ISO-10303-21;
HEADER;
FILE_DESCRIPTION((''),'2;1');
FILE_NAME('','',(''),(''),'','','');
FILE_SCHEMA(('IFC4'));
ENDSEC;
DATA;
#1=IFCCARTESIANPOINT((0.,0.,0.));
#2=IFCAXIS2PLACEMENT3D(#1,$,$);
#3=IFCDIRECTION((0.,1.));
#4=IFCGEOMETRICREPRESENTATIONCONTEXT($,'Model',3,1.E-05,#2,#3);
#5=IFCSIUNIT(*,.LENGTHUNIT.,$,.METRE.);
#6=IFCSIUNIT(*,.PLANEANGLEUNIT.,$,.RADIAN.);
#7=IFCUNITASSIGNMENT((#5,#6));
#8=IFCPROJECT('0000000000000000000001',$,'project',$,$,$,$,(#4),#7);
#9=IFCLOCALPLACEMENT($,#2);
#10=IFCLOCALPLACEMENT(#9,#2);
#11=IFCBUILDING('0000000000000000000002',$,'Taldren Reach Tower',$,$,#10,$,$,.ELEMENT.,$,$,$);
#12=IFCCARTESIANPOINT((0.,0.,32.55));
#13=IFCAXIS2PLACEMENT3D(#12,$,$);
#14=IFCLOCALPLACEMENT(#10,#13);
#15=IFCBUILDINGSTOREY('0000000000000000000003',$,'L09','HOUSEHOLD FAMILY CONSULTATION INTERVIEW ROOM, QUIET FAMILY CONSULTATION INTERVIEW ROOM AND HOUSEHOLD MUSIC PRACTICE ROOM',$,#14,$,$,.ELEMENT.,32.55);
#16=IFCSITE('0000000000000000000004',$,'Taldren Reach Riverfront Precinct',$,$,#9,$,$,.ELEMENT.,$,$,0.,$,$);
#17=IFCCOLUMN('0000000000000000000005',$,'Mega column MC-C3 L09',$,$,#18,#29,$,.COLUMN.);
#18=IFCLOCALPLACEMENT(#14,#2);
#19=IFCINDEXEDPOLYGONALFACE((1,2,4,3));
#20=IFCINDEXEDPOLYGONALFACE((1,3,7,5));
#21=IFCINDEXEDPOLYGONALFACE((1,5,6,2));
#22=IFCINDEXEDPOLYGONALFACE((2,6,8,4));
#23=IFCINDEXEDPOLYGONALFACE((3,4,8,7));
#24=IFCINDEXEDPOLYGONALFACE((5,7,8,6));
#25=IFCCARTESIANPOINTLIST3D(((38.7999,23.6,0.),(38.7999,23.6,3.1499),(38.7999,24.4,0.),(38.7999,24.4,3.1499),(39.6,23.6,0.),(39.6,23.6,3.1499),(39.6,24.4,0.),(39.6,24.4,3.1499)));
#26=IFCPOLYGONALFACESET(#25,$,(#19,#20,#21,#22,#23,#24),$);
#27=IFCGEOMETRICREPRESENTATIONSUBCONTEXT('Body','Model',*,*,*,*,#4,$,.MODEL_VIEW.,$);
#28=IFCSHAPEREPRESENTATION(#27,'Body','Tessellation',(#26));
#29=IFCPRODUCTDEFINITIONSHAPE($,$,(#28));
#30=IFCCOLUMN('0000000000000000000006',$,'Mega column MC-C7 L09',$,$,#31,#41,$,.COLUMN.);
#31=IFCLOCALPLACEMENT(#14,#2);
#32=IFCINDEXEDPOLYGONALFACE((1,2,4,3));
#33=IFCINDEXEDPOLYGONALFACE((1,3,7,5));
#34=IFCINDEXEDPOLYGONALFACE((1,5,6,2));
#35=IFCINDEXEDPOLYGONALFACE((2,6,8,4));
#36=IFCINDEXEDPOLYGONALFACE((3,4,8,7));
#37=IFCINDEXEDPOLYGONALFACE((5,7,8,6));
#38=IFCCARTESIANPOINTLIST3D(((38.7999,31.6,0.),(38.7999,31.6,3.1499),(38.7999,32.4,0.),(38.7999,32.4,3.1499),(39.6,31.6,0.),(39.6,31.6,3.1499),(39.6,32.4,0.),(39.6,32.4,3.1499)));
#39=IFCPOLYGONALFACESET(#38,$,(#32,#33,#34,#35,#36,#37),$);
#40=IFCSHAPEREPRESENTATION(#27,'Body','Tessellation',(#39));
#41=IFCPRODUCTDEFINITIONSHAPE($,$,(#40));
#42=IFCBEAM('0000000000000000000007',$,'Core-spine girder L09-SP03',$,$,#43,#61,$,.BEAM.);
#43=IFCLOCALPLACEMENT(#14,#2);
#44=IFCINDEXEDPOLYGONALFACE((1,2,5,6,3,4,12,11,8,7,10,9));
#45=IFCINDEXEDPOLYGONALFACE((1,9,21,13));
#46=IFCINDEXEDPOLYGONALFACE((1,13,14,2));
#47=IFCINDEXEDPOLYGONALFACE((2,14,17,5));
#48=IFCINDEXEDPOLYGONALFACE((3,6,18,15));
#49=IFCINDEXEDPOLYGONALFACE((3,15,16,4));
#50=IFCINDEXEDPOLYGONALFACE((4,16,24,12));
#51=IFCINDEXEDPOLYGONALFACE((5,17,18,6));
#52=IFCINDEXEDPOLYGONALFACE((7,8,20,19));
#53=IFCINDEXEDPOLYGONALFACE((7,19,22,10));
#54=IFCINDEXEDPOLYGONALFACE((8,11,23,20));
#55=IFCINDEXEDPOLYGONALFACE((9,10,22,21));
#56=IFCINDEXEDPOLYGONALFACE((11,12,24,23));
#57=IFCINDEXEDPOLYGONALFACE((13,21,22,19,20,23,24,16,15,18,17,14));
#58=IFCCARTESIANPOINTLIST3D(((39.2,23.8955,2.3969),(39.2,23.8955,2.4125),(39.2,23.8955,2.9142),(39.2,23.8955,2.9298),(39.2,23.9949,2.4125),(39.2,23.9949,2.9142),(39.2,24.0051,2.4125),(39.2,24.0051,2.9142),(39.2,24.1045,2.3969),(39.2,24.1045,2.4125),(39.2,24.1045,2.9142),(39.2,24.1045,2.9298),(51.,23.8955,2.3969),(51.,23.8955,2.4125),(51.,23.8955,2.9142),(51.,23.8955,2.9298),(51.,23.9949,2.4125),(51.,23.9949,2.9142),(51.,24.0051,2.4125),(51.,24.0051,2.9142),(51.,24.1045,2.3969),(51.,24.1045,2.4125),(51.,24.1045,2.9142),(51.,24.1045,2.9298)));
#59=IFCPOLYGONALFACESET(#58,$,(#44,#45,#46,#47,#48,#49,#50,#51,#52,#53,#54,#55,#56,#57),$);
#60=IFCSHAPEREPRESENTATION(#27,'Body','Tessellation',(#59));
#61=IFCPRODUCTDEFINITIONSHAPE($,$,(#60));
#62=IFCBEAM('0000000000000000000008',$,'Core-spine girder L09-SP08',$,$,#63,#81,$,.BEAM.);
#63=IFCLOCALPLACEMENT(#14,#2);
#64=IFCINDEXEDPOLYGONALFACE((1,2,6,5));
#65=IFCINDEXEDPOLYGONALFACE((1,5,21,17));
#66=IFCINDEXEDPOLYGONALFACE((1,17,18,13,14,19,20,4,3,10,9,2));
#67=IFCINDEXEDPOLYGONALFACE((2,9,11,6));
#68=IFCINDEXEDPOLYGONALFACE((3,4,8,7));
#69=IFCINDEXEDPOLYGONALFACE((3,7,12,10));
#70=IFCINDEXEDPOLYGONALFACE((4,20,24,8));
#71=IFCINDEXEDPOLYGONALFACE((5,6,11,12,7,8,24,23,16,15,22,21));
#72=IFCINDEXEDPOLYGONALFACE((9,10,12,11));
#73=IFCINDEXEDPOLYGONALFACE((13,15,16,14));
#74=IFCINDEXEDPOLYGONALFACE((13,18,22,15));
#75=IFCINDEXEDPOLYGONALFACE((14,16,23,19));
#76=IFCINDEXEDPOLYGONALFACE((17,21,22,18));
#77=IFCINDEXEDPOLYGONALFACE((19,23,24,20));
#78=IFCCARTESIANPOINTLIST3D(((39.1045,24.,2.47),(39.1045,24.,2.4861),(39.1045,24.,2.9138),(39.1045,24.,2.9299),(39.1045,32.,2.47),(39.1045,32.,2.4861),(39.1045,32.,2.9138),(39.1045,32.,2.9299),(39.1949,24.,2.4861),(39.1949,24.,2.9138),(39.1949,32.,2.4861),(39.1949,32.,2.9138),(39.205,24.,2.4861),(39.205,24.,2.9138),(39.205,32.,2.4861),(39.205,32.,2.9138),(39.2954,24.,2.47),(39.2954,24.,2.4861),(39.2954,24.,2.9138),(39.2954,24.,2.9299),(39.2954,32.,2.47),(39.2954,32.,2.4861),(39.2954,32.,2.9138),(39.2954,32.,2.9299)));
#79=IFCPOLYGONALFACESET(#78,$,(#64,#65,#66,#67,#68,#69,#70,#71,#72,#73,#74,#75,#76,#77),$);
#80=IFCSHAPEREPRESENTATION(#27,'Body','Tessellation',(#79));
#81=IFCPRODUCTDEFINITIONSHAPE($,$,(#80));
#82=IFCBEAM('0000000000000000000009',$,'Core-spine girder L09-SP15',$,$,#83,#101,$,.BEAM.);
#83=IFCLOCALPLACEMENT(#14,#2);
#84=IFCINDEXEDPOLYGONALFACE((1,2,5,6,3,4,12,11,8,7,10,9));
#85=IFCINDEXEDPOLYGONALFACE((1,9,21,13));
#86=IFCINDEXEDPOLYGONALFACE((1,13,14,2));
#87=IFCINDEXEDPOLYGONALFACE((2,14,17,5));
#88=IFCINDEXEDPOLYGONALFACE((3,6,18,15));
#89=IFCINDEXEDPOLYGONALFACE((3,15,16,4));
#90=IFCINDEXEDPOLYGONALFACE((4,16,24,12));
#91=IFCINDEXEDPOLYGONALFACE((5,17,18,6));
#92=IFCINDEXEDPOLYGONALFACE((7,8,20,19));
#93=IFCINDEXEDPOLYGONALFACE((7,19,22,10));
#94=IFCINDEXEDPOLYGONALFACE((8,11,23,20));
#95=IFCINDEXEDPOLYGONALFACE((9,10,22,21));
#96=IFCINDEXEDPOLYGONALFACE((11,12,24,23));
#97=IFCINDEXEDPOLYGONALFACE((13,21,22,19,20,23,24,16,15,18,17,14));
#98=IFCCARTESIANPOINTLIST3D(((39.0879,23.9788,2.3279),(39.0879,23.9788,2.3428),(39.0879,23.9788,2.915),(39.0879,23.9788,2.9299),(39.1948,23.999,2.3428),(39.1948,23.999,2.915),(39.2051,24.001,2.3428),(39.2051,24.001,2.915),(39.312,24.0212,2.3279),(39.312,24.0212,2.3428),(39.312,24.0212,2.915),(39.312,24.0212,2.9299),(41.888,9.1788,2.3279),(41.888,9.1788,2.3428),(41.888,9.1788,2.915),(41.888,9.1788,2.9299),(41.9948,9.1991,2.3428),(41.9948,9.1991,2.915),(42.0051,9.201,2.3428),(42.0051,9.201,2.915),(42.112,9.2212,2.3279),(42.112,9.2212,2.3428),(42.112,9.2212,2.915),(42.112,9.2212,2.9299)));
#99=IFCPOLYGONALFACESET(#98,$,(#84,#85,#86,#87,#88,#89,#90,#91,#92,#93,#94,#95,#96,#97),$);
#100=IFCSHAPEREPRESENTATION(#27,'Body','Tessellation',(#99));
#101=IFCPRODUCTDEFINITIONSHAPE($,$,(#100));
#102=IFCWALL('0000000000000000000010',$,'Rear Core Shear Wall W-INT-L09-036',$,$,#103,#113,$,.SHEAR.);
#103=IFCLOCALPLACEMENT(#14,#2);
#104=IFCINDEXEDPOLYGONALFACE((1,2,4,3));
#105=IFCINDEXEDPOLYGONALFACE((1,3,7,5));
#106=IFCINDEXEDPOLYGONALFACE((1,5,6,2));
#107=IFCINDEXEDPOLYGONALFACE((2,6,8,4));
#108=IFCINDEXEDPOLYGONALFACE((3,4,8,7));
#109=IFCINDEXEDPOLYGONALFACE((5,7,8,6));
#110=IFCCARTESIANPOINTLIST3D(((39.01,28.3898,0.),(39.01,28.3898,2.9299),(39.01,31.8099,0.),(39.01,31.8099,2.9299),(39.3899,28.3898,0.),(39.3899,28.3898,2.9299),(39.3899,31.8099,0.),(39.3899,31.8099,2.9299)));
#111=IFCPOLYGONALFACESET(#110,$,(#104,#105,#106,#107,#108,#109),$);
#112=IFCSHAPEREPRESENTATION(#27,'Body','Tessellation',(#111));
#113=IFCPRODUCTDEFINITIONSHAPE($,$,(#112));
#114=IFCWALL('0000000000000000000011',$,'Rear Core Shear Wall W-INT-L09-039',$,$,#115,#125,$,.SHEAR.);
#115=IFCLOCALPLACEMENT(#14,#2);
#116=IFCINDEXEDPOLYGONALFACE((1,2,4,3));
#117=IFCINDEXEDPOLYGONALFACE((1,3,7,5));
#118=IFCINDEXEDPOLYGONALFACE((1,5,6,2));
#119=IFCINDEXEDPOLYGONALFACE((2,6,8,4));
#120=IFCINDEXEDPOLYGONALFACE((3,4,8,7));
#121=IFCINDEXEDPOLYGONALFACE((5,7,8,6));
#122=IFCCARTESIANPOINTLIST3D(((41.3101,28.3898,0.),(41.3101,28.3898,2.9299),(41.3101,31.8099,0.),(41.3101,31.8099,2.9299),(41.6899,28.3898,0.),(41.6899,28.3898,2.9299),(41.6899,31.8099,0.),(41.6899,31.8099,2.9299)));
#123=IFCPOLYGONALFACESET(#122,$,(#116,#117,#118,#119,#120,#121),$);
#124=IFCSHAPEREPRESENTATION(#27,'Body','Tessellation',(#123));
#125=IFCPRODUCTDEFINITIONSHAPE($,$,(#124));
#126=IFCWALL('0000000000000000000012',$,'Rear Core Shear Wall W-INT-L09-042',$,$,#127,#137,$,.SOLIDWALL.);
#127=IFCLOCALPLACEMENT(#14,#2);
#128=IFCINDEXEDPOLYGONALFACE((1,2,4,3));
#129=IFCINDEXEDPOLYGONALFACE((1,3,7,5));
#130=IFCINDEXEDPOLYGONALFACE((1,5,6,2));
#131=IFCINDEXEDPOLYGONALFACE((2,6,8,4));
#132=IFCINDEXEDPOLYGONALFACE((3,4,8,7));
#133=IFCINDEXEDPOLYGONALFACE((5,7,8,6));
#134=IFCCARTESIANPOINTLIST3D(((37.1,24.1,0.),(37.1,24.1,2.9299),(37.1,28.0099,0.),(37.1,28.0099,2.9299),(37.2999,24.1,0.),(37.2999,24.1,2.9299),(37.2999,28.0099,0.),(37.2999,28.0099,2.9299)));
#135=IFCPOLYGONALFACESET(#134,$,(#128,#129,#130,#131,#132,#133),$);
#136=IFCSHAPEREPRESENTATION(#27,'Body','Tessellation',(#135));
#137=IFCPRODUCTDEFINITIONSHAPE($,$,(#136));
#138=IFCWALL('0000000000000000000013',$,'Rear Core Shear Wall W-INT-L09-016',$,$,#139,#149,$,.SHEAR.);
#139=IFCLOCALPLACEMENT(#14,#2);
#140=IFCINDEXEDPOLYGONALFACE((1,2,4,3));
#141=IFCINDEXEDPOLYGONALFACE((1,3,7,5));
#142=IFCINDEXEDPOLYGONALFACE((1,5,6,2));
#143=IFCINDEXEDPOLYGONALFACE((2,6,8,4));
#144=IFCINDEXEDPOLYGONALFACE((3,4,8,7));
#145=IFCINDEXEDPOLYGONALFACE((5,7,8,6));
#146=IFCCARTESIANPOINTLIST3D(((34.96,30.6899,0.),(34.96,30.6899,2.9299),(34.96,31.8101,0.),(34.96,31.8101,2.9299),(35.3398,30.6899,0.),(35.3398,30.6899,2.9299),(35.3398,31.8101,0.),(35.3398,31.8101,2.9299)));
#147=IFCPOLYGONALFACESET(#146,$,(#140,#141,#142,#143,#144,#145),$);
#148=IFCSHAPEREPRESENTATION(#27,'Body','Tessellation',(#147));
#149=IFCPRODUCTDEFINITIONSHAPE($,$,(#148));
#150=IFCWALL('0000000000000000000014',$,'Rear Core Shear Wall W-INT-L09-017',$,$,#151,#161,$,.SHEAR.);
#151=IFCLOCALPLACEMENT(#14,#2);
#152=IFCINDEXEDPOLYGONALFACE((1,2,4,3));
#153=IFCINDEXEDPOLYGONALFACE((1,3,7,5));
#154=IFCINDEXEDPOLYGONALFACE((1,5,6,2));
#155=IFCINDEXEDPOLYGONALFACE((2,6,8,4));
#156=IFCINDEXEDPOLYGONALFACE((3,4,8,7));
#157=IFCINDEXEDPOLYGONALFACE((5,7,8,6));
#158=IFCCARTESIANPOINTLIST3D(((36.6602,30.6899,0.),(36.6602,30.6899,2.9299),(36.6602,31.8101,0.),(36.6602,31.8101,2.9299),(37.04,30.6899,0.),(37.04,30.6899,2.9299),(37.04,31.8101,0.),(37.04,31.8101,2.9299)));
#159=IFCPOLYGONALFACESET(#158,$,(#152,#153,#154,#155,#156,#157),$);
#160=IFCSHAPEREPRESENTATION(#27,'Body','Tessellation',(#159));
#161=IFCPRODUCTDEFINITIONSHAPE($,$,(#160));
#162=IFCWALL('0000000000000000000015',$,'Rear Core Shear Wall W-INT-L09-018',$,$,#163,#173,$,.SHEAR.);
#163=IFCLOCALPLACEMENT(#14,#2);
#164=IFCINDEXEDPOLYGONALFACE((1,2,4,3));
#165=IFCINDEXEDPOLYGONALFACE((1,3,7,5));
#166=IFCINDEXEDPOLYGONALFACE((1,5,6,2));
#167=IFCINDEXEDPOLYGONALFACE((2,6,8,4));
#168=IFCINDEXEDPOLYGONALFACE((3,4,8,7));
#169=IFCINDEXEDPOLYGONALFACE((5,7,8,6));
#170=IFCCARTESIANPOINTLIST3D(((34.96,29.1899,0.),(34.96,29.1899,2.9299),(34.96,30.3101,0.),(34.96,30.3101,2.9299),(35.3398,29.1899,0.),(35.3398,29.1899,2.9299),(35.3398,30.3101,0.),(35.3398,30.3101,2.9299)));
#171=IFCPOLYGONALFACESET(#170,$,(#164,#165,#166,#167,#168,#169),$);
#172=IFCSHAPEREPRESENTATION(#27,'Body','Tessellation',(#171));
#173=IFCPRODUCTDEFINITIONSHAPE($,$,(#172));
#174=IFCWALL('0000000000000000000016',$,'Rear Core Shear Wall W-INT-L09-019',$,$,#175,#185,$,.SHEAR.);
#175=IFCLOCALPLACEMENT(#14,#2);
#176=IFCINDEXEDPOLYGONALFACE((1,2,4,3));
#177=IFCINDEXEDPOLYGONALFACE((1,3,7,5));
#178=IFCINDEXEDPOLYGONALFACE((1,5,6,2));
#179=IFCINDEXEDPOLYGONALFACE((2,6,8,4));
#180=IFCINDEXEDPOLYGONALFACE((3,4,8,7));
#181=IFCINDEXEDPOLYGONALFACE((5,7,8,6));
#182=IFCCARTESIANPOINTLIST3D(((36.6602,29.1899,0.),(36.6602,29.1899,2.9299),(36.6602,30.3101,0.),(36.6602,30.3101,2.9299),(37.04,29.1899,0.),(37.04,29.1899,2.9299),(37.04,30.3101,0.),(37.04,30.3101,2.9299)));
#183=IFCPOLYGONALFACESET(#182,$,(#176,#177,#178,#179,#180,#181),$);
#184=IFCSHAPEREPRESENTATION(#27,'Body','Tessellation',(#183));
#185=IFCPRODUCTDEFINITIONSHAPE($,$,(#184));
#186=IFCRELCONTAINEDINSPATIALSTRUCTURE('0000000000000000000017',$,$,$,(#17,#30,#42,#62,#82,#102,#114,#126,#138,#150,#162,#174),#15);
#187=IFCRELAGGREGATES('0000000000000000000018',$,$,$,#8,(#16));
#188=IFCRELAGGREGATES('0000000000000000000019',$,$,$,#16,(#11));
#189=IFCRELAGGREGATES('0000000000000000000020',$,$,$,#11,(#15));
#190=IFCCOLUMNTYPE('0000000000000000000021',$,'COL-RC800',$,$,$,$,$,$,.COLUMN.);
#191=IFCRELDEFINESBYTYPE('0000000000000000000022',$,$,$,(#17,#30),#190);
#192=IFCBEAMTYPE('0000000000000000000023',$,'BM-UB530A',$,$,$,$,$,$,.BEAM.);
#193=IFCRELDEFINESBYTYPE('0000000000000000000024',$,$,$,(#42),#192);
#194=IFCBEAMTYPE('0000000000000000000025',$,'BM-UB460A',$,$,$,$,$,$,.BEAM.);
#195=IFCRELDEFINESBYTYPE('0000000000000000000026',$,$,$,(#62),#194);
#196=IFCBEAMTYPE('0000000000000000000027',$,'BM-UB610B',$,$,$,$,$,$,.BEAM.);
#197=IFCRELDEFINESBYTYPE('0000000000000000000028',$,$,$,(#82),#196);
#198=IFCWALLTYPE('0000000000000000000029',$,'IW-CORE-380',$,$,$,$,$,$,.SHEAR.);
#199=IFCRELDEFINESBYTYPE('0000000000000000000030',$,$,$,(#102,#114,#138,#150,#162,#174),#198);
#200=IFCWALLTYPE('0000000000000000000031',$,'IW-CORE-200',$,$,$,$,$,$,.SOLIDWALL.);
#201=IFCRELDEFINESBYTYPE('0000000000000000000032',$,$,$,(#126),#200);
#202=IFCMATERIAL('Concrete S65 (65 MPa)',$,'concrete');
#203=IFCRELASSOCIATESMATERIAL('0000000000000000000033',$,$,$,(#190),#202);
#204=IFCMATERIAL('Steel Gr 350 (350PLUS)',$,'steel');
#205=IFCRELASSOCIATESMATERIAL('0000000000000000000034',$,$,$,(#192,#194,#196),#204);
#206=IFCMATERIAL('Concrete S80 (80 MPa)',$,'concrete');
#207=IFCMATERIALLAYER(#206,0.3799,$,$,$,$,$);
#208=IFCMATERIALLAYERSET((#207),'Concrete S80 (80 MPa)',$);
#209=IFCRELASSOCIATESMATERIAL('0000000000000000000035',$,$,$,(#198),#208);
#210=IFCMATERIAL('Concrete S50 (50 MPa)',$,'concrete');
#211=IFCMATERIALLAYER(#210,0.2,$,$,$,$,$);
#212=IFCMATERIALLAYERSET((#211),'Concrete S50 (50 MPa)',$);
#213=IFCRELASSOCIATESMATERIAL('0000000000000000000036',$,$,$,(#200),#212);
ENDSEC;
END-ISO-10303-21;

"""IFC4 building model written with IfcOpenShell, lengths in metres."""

from ifc_helpers import new_model, si_unit, direction, frame, frame_2d, origin, origin_2d, place, context, subcontext, project, spatial, rectangle, i_section, extrude, source, transform, mapped, material, layer, layer_set, material_profile, profile_set, type_object, element, save


model = new_model("IFC4")

# Units and contexts
model_context = context("Model", 3, precision=1e-05, world=origin(), true_north=direction((0.0, 1.0)))
body_context = subcontext(model_context, "Body", "Model", "MODEL_VIEW")
ifc_project = project(units=[si_unit("LENGTHUNIT", "METRE"), si_unit("PLANEANGLEUNIT", "RADIAN")], contexts=[model_context])

# Site, building, storey
site_placement = place(None, origin())
site = spatial("IfcSite", under=ifc_project, at=site_placement, Name="Taldren Reach Riverfront Precinct", CompositionType="ELEMENT", RefElevation=0.0)
building_placement = place(site_placement, origin())
building = spatial("IfcBuilding", under=site, at=building_placement, Name="Taldren Reach Tower", CompositionType="ELEMENT")
storey_placement = place(building_placement, frame((0.0, 0.0, 32.55)))
storey = spatial("IfcBuildingStorey", under=building, at=storey_placement, Name="L09", Description="HOUSEHOLD FAMILY CONSULTATION INTERVIEW ROOM, QUIET FAMILY CONSULTATION INTERVIEW ROOM AND HOUSEHOLD MUSIC PRACTICE ROOM", CompositionType="ELEMENT", Elevation=32.55)

# Columns
ifc_material_1 = material(Name="Concrete S65 (65 MPa)", Category="concrete")
ifc_material_profile_1 = material_profile(ifc_material_1, rectangle(XDim=0.8, YDim=0.8, at=origin_2d()), Name="RC-800x800")
ifc_profile_set_1 = profile_set([ifc_material_profile_1], Name="Concrete S65 (65 MPa)")
column_type = type_object("IfcColumnType", Name="COL-RC800", PredefinedType="COLUMN", material=ifc_profile_set_1)
shared_shape_1 = source(origin(), body_context, "Body", "SweptSolid", [
    extrude(rectangle(XDim=0.8, YDim=0.8, at=origin_2d()), origin(), (0.0, 0.0, 1.0), 3.1499),
])
for number, where, z_axis, x_axis, name in (
    (1, (39.2, 24.0, 0.0), (0.0, 0.0, 1.0), (1.0, 0.0, 0.0), "Mega column MC-C3 L09"),
    (2, (39.2, 32.0, 0.0), (0.0, 0.0, 1.0), (1.0, 0.0, 0.0), "Mega column MC-C7 L09"),
):
    element("IfcColumn", number, at=place(storey_placement, frame(where, z_axis=z_axis, x_axis=x_axis)), inside=storey, type_object=column_type, Name=name, PredefinedType="COLUMN", context=body_context, shape_type="MappedRepresentation", body=[
        mapped(shared_shape_1, transform((0.0, 0.0, 0.0), scale=1.0)),
    ])

# Beams
ifc_material_2 = material(Name="Steel Gr 350 (350PLUS)", Category="steel")
ifc_material_profile_2 = material_profile(ifc_material_2, i_section(OverallWidth=0.209, OverallDepth=0.533, WebThickness=0.0103, FlangeThickness=0.0156, at=origin_2d()), Name="530UB92.4")
ifc_profile_set_2 = profile_set([ifc_material_profile_2], Name="Steel Gr 350 (350PLUS)")
beam_type_1 = type_object("IfcBeamType", Name="BM-UB530A", PredefinedType="BEAM", material=ifc_profile_set_2)
shared_shape_2 = source(origin(), body_context, "Body", "SweptSolid", [
    extrude(i_section(OverallWidth=0.209, OverallDepth=0.533, WebThickness=0.0103, FlangeThickness=0.0156, at=origin_2d()), origin(), (0.0, 0.0, 1.0), 11.8),
])
beam_1_placement = place(storey_placement, frame((39.2, 24.0, 2.6633), z_axis=(1.0, 0.0, 0.0), x_axis=(0.0, 1.0, 0.0)))
element("IfcBeam", 3, at=beam_1_placement, inside=storey, type_object=beam_type_1, Name="Core-spine girder L09-SP03", PredefinedType="BEAM", context=body_context, shape_type="MappedRepresentation", body=[
    mapped(shared_shape_2, transform((0.0, 0.0, 0.0), scale=1.0)),
])
ifc_material_profile_3 = material_profile(ifc_material_2, i_section(OverallWidth=0.1909, OverallDepth=0.46, WebThickness=0.01, FlangeThickness=0.0161, at=origin_2d()), Name="460UB82.1")
ifc_profile_set_3 = profile_set([ifc_material_profile_3], Name="Steel Gr 350 (350PLUS)")
beam_type_2 = type_object("IfcBeamType", Name="BM-UB460A", PredefinedType="BEAM", material=ifc_profile_set_3)
shared_shape_3 = source(origin(), body_context, "Body", "SweptSolid", [
    extrude(i_section(OverallWidth=0.1909, OverallDepth=0.46, WebThickness=0.01, FlangeThickness=0.0161, at=origin_2d()), origin(), (0.0, 0.0, 1.0), 8.0),
])
beam_2_placement = place(storey_placement, frame((39.2, 24.0, 2.7), z_axis=(0.0, 1.0, 0.0), x_axis=(-1.0, 0.0, 0.0)))
element("IfcBeam", 4, at=beam_2_placement, inside=storey, type_object=beam_type_2, Name="Core-spine girder L09-SP08", PredefinedType="BEAM", context=body_context, shape_type="MappedRepresentation", body=[
    mapped(shared_shape_3, transform((0.0, 0.0, 0.0), scale=1.0)),
])
ifc_material_profile_4 = material_profile(ifc_material_2, i_section(OverallWidth=0.228, OverallDepth=0.6021, WebThickness=0.0105, FlangeThickness=0.0149, at=origin_2d()), Name="610UB101")
ifc_profile_set_4 = profile_set([ifc_material_profile_4], Name="Steel Gr 350 (350PLUS)")
beam_type_3 = type_object("IfcBeamType", Name="BM-UB610B", PredefinedType="BEAM", material=ifc_profile_set_4)
shared_shape_4 = source(origin(), body_context, "Body", "SweptSolid", [
    extrude(i_section(OverallWidth=0.228, OverallDepth=0.6021, WebThickness=0.0105, FlangeThickness=0.0149, at=origin_2d()), origin(), (0.0, 0.0, 1.0), 15.0625),
])
beam_3_placement = place(storey_placement, frame((39.2, 24.0, 2.6289), z_axis=(0.185894, -0.98257, 0.0), x_axis=(0.98257, 0.185894, 0.0)))
element("IfcBeam", 5, at=beam_3_placement, inside=storey, type_object=beam_type_3, Name="Core-spine girder L09-SP15", PredefinedType="BEAM", context=body_context, shape_type="MappedRepresentation", body=[
    mapped(shared_shape_4, transform((0.0, 0.0, 0.0), scale=1.0)),
])

# Walls
ifc_material_3 = material(Name="Concrete S80 (80 MPa)", Category="concrete")
ifc_layer_1 = layer(ifc_material_3, 0.3799)
ifc_layer_set_1 = layer_set([ifc_layer_1], Name="Concrete S80 (80 MPa)")
wall_type_1 = type_object("IfcWallType", Name="IW-CORE-380", PredefinedType="SHEAR", material=ifc_layer_set_1)
shared_shape_5 = source(origin(), body_context, "Body", "SweptSolid", [
    extrude(rectangle(XDim=3.4202, YDim=0.3799, at=frame_2d((1.71, 0.0))), origin(), (0.0, 0.0, 1.0), 2.9299),
])
for number, where, z_axis, x_axis, name in (
    (6, (39.2, 28.3899, 0.0), (0.0, 0.0, 1.0), (0.0, 1.0, 0.0), "Rear Core Shear Wall W-INT-L09-036"),
    (7, (41.5, 28.3899, 0.0), (0.0, 0.0, 1.0), (0.0, 1.0, 0.0), "Rear Core Shear Wall W-INT-L09-039"),
):
    element("IfcWall", number, at=place(storey_placement, frame(where, z_axis=z_axis, x_axis=x_axis)), inside=storey, type_object=wall_type_1, Name=name, PredefinedType="SHEAR", context=body_context, shape_type="MappedRepresentation", body=[
        mapped(shared_shape_5, transform((0.0, 0.0, 0.0), scale=1.0)),
    ])
ifc_material_4 = material(Name="Concrete S50 (50 MPa)", Category="concrete")
ifc_layer_2 = layer(ifc_material_4, 0.2)
ifc_layer_set_2 = layer_set([ifc_layer_2], Name="Concrete S50 (50 MPa)")
wall_type_2 = type_object("IfcWallType", Name="IW-CORE-200", PredefinedType="SOLIDWALL", material=ifc_layer_set_2)
shared_shape_6 = source(origin(), body_context, "Body", "SweptSolid", [
    extrude(rectangle(XDim=3.9099, YDim=0.2, at=frame_2d((1.9551, 0.0))), origin(), (0.0, 0.0, 1.0), 2.9299),
])
wall_1_placement = place(storey_placement, frame((37.2, 28.01, 0.0), z_axis=(0.0, 0.0, 1.0), x_axis=(0.0, -1.0, 0.0)))
element("IfcWall", 8, at=wall_1_placement, inside=storey, type_object=wall_type_2, Name="Rear Core Shear Wall W-INT-L09-042", PredefinedType="SOLIDWALL", context=body_context, shape_type="MappedRepresentation", body=[
    mapped(shared_shape_6, transform((0.0, 0.0, 0.0), scale=1.0)),
])
shared_shape_7 = source(origin(), body_context, "Body", "SweptSolid", [
    extrude(rectangle(XDim=1.1201, YDim=0.3799, at=frame_2d((0.5601, 0.0))), origin(), (0.0, 0.0, 1.0), 2.9299),
])
for number, where, z_axis, x_axis, name in (
    (9, (35.1499, 31.8101, 0.0), (0.0, 0.0, 1.0), (0.0, -1.0, 0.0), "Rear Core Shear Wall W-INT-L09-016"),
    (10, (36.8501, 30.6899, 0.0), (0.0, 0.0, 1.0), (0.0, 1.0, 0.0), "Rear Core Shear Wall W-INT-L09-017"),
    (11, (35.1499, 30.3101, 0.0), (0.0, 0.0, 1.0), (0.0, -1.0, 0.0), "Rear Core Shear Wall W-INT-L09-018"),
    (12, (36.8501, 29.1899, 0.0), (0.0, 0.0, 1.0), (0.0, 1.0, 0.0), "Rear Core Shear Wall W-INT-L09-019"),
):
    element("IfcWall", number, at=place(storey_placement, frame(where, z_axis=z_axis, x_axis=x_axis)), inside=storey, type_object=wall_type_1, Name=name, PredefinedType="SHEAR", context=body_context, shape_type="MappedRepresentation", body=[
        mapped(shared_shape_7, transform((0.0, 0.0, 0.0), scale=1.0)),
    ])

save(model, "model.ifc")
